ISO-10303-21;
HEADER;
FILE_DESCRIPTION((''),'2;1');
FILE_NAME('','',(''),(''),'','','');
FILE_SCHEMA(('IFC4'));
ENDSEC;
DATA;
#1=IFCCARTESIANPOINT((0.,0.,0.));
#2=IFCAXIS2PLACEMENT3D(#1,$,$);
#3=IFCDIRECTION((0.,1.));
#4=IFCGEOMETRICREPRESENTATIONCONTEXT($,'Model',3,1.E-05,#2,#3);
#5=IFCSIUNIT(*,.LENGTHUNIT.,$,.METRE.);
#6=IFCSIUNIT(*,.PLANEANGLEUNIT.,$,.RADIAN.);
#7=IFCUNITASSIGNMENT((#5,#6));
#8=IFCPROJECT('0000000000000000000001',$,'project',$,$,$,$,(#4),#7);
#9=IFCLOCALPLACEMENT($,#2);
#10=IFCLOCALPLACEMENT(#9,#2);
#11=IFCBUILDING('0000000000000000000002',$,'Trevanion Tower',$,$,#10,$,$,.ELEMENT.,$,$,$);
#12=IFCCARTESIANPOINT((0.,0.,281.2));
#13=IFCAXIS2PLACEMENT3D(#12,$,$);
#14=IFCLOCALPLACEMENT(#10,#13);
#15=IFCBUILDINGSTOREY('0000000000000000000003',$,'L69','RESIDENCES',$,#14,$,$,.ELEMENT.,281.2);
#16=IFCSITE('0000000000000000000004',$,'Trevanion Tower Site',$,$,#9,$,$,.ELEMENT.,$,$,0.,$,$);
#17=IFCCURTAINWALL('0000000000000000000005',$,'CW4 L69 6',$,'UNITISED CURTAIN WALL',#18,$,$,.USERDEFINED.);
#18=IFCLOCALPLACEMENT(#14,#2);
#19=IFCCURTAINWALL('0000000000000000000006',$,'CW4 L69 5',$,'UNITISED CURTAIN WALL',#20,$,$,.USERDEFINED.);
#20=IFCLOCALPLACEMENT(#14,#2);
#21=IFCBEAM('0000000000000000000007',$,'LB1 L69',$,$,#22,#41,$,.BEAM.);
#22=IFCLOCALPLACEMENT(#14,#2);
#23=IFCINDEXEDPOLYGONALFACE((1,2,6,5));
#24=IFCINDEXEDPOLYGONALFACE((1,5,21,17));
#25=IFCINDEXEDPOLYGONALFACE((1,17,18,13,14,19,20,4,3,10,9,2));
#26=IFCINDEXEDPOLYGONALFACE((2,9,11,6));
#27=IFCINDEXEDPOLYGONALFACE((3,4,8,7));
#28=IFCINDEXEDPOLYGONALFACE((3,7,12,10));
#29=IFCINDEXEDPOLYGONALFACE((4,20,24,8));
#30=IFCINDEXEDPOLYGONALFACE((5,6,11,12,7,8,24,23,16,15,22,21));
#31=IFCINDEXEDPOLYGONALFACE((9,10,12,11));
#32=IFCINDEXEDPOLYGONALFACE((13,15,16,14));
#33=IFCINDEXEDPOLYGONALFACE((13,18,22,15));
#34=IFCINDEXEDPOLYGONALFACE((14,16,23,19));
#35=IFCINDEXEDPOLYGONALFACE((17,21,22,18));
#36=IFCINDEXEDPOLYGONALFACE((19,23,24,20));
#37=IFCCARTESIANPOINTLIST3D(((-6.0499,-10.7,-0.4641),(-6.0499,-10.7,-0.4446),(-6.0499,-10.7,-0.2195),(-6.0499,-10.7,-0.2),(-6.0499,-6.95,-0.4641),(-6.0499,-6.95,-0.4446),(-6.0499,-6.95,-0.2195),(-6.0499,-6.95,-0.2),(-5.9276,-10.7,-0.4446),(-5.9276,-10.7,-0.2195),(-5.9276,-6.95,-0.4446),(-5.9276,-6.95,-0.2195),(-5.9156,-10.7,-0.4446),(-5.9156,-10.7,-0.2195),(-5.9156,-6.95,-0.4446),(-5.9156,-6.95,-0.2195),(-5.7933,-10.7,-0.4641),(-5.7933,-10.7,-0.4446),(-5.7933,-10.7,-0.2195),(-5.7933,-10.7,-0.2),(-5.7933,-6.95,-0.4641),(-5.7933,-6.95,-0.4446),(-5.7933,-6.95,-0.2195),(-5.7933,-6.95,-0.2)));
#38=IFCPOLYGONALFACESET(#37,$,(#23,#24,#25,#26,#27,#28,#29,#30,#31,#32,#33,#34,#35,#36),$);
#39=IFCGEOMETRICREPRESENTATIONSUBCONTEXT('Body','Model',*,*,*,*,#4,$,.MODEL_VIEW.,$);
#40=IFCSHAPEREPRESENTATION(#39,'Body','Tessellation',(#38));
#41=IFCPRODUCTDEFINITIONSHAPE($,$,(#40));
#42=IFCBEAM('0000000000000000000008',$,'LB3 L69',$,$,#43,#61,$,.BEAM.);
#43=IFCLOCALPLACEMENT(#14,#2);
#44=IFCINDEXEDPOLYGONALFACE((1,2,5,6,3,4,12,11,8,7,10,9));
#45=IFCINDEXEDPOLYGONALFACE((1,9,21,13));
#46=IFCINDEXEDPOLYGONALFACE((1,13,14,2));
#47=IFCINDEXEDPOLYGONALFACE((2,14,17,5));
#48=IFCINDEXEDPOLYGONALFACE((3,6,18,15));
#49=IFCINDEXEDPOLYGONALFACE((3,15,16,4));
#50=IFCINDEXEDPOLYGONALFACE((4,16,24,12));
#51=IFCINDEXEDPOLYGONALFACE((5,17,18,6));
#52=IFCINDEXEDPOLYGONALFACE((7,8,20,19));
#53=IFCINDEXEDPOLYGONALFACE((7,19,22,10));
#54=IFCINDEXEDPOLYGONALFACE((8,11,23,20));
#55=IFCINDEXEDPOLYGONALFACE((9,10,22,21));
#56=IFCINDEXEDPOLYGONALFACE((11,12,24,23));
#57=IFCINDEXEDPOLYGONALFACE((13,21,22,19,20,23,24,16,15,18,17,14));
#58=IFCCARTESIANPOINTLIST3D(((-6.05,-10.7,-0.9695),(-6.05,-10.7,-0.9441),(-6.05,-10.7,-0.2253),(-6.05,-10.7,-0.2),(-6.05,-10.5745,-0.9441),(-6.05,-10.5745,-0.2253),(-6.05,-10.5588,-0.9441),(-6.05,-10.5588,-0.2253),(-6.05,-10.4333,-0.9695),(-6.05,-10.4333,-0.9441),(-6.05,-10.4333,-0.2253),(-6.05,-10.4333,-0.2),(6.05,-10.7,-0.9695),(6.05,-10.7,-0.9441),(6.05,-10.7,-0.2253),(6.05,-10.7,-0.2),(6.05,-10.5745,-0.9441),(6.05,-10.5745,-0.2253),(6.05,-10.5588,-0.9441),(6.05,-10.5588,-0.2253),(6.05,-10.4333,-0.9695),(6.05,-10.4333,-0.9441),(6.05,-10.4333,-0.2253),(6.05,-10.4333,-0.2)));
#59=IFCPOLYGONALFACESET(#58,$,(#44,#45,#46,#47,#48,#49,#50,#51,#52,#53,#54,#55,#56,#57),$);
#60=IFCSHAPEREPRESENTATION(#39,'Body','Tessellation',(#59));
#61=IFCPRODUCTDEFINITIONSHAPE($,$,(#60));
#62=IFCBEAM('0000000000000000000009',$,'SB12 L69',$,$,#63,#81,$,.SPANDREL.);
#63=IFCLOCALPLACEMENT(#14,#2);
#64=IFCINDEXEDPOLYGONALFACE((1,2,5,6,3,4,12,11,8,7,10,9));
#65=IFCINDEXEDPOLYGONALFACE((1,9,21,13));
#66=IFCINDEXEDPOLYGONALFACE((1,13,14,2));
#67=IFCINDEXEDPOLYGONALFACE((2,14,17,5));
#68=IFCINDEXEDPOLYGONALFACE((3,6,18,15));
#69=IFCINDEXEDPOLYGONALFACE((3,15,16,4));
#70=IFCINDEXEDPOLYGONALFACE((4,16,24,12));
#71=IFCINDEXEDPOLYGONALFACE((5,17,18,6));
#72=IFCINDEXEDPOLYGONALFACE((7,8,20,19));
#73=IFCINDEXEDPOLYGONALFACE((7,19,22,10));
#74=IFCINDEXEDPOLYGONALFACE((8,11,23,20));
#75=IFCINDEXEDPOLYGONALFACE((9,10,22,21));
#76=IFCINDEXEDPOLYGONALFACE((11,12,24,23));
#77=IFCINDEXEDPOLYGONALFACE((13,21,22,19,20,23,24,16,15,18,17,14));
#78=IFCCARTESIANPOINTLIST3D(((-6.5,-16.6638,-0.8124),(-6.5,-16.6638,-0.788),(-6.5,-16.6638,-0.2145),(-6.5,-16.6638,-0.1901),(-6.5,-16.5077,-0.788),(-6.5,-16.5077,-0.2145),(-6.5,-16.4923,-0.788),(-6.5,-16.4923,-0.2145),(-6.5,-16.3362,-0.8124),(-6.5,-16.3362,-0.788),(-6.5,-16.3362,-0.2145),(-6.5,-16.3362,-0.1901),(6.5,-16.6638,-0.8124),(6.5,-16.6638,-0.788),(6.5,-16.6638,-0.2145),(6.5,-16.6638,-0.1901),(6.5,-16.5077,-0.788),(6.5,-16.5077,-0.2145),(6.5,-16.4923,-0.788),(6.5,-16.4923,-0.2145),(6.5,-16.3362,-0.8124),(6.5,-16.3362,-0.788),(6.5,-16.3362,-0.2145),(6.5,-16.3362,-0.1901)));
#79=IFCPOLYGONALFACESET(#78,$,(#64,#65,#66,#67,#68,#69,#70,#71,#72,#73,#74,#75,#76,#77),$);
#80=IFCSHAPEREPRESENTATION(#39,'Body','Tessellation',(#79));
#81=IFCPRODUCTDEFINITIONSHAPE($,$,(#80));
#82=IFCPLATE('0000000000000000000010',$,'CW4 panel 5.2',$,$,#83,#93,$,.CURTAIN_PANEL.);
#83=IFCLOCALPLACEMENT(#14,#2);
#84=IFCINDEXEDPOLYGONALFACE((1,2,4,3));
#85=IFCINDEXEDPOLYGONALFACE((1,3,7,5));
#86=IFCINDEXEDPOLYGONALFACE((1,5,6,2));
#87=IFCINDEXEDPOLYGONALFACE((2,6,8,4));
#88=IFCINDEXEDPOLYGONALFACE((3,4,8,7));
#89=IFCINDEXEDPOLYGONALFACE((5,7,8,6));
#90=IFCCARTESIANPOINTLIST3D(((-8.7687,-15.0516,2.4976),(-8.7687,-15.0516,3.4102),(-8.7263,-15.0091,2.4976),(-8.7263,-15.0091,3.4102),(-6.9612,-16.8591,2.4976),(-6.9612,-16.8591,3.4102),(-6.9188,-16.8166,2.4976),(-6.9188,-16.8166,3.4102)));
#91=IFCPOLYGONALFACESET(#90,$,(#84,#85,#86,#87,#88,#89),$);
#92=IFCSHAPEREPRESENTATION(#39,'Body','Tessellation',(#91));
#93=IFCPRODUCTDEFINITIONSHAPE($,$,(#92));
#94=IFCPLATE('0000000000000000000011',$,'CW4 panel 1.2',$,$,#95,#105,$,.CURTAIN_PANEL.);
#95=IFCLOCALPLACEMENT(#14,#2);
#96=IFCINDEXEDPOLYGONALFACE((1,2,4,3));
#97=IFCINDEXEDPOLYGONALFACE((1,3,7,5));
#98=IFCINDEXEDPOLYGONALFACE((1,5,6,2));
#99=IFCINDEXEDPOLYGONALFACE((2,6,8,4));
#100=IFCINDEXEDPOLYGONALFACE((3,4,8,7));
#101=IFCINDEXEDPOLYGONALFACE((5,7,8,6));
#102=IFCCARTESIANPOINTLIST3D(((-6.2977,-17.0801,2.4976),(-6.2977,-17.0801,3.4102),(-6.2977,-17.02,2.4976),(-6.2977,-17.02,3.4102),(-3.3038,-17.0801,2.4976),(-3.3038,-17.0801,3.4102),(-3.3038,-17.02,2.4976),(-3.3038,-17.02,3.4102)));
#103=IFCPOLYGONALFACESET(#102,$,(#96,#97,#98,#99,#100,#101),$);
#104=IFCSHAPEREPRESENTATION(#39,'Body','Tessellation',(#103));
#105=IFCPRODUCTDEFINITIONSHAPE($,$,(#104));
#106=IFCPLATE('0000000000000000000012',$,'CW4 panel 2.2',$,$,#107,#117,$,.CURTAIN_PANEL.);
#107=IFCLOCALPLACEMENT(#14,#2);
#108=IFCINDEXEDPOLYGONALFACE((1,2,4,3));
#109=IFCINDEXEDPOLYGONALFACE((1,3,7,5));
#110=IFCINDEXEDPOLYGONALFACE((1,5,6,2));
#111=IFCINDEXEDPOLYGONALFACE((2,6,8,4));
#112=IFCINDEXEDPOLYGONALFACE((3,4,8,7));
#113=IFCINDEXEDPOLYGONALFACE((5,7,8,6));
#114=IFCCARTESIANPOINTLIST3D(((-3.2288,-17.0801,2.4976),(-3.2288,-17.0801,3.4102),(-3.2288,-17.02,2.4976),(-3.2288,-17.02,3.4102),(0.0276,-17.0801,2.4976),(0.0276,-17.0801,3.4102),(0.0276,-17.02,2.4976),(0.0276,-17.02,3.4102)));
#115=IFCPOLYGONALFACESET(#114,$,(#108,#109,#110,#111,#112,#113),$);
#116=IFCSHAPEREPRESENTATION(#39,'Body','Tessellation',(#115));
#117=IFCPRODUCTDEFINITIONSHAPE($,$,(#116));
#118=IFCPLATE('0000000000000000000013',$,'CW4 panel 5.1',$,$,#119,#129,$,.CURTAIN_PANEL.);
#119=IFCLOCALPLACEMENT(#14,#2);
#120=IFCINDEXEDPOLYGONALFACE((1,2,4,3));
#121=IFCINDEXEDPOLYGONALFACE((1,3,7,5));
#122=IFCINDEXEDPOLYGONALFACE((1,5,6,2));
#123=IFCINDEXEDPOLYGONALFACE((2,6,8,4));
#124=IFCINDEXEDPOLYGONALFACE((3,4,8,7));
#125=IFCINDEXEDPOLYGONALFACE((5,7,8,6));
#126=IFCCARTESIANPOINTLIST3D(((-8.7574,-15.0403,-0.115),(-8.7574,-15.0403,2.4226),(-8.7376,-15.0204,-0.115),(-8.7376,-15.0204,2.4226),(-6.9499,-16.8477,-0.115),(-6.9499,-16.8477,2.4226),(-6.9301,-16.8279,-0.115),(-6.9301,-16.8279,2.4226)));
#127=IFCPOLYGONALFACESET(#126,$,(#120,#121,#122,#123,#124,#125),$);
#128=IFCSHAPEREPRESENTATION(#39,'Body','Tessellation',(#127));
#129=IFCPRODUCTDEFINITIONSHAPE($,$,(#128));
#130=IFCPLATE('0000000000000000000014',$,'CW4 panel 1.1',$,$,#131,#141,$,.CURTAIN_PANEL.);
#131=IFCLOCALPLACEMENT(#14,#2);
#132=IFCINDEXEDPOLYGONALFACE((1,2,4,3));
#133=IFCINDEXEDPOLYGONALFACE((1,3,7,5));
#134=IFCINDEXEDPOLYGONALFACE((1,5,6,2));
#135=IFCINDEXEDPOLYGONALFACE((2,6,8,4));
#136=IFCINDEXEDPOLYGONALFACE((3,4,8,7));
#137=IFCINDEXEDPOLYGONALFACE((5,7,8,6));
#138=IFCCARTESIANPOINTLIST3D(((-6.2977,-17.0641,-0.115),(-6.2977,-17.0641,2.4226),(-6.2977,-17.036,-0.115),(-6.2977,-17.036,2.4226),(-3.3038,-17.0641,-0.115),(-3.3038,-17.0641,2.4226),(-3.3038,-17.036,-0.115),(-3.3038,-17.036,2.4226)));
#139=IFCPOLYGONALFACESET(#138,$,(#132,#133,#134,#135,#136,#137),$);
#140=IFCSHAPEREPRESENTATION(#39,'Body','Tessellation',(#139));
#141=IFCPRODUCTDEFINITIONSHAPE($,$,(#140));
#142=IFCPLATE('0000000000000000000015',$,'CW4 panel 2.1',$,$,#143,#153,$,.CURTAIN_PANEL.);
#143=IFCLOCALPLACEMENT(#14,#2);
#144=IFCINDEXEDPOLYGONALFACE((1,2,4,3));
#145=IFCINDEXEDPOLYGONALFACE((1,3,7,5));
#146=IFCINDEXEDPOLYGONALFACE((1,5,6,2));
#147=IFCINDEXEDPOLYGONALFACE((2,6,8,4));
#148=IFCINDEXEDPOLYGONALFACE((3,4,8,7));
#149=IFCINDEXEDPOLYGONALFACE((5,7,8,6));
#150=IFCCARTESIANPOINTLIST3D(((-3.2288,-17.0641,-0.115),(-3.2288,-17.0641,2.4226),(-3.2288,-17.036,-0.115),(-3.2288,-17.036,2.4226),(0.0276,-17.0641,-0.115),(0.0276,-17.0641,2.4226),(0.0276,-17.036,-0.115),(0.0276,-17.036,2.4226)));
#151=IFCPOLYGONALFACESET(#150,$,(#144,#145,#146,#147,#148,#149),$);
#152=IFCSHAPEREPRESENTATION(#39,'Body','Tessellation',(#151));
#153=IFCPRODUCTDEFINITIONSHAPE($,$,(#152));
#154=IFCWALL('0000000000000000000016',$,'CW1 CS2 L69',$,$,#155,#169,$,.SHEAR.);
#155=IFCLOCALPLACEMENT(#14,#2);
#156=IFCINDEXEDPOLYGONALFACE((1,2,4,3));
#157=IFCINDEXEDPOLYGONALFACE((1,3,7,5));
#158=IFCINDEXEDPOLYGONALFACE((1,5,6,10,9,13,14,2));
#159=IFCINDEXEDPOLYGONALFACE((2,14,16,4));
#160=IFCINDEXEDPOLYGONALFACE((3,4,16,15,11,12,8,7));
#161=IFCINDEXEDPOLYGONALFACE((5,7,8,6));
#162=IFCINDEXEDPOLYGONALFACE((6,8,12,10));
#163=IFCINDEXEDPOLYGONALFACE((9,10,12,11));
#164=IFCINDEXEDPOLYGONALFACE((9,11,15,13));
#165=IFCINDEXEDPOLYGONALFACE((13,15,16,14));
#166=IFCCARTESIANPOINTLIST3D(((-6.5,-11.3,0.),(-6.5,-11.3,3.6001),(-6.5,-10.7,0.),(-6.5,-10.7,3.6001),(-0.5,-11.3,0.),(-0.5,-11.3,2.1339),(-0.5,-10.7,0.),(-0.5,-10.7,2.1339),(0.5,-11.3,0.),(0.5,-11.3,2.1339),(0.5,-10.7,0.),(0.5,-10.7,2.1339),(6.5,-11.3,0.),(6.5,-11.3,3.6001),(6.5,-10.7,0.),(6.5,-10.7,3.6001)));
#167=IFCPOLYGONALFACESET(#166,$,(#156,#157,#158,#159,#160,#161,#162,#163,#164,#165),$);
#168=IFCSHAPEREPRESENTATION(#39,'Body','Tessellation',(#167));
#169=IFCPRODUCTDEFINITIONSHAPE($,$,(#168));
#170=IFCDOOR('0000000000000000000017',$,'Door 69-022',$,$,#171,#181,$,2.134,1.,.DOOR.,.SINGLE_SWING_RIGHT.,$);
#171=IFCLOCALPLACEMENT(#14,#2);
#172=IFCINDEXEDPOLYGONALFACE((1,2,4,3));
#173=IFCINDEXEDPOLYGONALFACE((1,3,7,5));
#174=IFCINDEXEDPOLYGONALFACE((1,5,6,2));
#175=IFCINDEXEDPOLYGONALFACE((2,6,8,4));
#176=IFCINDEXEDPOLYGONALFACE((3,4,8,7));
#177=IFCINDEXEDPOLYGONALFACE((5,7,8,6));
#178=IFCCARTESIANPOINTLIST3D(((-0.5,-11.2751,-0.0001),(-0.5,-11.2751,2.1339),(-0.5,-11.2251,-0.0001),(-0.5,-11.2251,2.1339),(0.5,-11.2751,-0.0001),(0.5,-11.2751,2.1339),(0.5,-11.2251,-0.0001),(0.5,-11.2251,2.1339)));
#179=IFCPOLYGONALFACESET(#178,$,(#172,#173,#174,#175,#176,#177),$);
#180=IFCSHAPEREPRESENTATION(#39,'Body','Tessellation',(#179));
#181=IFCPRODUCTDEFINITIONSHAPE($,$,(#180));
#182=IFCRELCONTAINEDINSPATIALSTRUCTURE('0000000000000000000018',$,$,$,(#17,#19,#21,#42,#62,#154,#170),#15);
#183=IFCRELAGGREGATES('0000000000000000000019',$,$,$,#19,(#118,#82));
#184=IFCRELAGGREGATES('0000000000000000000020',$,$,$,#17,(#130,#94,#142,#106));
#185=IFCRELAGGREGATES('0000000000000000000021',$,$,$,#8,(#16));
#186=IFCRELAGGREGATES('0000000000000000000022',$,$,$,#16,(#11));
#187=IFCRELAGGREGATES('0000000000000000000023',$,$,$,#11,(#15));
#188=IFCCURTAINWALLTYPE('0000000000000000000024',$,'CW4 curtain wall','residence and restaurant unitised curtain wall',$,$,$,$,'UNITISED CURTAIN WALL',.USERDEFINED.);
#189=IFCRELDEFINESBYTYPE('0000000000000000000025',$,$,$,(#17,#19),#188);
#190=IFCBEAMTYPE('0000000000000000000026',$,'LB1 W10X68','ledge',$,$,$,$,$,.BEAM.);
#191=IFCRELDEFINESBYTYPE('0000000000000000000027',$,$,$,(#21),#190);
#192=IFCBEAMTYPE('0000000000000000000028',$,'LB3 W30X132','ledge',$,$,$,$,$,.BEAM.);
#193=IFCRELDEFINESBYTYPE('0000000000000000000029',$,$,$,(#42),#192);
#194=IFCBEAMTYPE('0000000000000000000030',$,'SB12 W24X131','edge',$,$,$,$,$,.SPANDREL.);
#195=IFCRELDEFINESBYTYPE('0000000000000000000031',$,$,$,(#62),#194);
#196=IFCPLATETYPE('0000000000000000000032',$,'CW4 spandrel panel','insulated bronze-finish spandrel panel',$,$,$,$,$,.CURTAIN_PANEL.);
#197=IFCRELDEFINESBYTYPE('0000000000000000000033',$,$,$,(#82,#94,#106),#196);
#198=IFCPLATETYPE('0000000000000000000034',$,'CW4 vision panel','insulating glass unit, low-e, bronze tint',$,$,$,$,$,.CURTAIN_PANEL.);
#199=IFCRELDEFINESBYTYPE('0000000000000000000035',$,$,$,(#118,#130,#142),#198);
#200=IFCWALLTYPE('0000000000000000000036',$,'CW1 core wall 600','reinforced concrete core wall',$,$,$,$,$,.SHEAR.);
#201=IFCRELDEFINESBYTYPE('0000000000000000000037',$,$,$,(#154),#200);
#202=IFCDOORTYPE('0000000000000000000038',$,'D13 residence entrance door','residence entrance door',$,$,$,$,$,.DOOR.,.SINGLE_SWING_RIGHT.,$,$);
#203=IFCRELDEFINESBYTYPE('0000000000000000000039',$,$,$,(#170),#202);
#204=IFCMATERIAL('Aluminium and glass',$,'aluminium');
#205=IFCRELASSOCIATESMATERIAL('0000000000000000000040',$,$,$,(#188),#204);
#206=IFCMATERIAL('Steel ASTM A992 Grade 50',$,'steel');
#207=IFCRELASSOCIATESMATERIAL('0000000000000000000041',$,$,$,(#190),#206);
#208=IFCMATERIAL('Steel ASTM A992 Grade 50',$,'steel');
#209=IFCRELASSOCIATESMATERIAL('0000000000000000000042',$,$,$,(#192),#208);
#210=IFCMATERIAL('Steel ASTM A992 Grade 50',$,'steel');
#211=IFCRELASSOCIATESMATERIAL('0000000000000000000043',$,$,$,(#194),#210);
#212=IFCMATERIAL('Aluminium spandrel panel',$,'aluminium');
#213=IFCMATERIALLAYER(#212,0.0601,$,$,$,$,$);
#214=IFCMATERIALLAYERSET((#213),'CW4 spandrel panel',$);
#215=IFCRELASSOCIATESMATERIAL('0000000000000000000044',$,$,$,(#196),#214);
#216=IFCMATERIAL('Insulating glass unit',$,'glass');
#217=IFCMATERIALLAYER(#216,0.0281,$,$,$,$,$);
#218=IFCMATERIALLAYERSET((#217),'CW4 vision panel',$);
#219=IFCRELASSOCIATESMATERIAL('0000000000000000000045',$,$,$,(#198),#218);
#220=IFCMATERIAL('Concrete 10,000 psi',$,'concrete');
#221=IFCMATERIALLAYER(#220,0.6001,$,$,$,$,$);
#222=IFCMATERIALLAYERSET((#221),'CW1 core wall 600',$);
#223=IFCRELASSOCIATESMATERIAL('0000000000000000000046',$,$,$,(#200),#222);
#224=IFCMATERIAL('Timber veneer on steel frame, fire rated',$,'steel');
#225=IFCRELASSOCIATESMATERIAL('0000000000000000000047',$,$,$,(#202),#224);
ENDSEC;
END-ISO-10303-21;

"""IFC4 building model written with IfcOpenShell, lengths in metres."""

from ifc_helpers import new_model, si_unit, direction, frame, frame_2d, origin, origin_2d, place, context, subcontext, project, spatial, rectangle, i_section, extrude, material, layer, layer_set, material_profile, profile_set, type_object, element, fill, aggregate, save


model = new_model("IFC4")

# Units and contexts
model_context = context("Model", 3, precision=1e-05, world=origin(), true_north=direction((0.0, 1.0)))
body_context = subcontext(model_context, "Body", "Model", "MODEL_VIEW")
ifc_project = project(units=[si_unit("LENGTHUNIT", "METRE"), si_unit("PLANEANGLEUNIT", "RADIAN")], contexts=[model_context])

# Site, building, storey
site_placement = place(None, origin())
site = spatial("IfcSite", under=ifc_project, at=site_placement, Name="Trevanion Tower Site", CompositionType="ELEMENT", RefElevation=0.0)
building_placement = place(site_placement, origin())
building = spatial("IfcBuilding", under=site, at=building_placement, Name="Trevanion Tower", CompositionType="ELEMENT")
storey_placement = place(building_placement, frame((0.0, 0.0, 281.2)))
storey = spatial("IfcBuildingStorey", under=building, at=storey_placement, Name="L69", Description="RESIDENCES", CompositionType="ELEMENT", Elevation=281.2)

# Curtain walls
ifc_material_1 = material(Name="Aluminium and glass", Category="aluminium")
curtain_wall_type = type_object("IfcCurtainWallType", Name="CW4 curtain wall", Description="residence and restaurant unitised curtain wall", ElementType="UNITISED CURTAIN WALL", PredefinedType="USERDEFINED", material=ifc_material_1)
curtain_wall_1_placement = place(storey_placement, origin())
curtain_wall_1 = element("IfcCurtainWall", 1, at=curtain_wall_1_placement, inside=storey, type_object=curtain_wall_type, Name="CW4 L69 6", ObjectType="UNITISED CURTAIN WALL", PredefinedType="USERDEFINED")
curtain_wall_2_placement = place(storey_placement, origin())
curtain_wall_2 = element("IfcCurtainWall", 2, at=curtain_wall_2_placement, inside=storey, type_object=curtain_wall_type, Name="CW4 L69 5", ObjectType="UNITISED CURTAIN WALL", PredefinedType="USERDEFINED")

# Beams
ifc_material_2 = material(Name="Steel ASTM A992 Grade 50", Category="steel")
ifc_material_profile_1 = material_profile(ifc_material_2, i_section(OverallWidth=0.2566, OverallDepth=0.2642, WebThickness=0.012, FlangeThickness=0.0195, at=origin_2d()), Name="W10X68")
ifc_profile_set_1 = profile_set([ifc_material_profile_1], Name="Steel ASTM A992 Grade 50")
beam_type_1 = type_object("IfcBeamType", Name="LB1 W10X68", Description="ledge", PredefinedType="BEAM", material=ifc_profile_set_1)
beam_1_placement = place(storey_placement, frame((-5.9216, -10.7, -0.332), z_axis=(0.0, 1.0, 0.0), x_axis=(-1.0, 0.0, 0.0)))
element("IfcBeam", 3, at=beam_1_placement, inside=storey, type_object=beam_type_1, Name="LB1 L69", PredefinedType="BEAM", context=body_context, shape_type="SweptSolid", body=[
    extrude(i_section(OverallWidth=0.2566, OverallDepth=0.2642, WebThickness=0.012, FlangeThickness=0.0195, at=origin_2d()), origin(), (0.0, 0.0, 1.0), 3.75),
])
ifc_material_3 = material(Name="Steel ASTM A992 Grade 50", Category="steel")
ifc_material_profile_2 = material_profile(ifc_material_3, i_section(OverallWidth=0.2666, OverallDepth=0.7695, WebThickness=0.0156, FlangeThickness=0.0254, at=origin_2d()), Name="W30X132")
ifc_profile_set_2 = profile_set([ifc_material_profile_2], Name="Steel ASTM A992 Grade 50")
beam_type_2 = type_object("IfcBeamType", Name="LB3 W30X132", Description="ledge", PredefinedType="BEAM", material=ifc_profile_set_2)
beam_2_placement = place(storey_placement, frame((-6.05, -10.5667, -0.5847), z_axis=(1.0, 0.0, 0.0), x_axis=(0.0, 1.0, 0.0)))
element("IfcBeam", 4, at=beam_2_placement, inside=storey, type_object=beam_type_2, Name="LB3 L69", PredefinedType="BEAM", context=body_context, shape_type="SweptSolid", body=[
    extrude(i_section(OverallWidth=0.2666, OverallDepth=0.7695, WebThickness=0.0156, FlangeThickness=0.0254, at=origin_2d()), origin(), (0.0, 0.0, 1.0), 12.1001),
])
ifc_material_4 = material(Name="Steel ASTM A992 Grade 50", Category="steel")
ifc_material_profile_3 = material_profile(ifc_material_4, i_section(OverallWidth=0.3276, OverallDepth=0.6223, WebThickness=0.0154, FlangeThickness=0.0244, at=origin_2d()), Name="W24X131")
ifc_profile_set_3 = profile_set([ifc_material_profile_3], Name="Steel ASTM A992 Grade 50")
beam_type_3 = type_object("IfcBeamType", Name="SB12 W24X131", Description="edge", PredefinedType="SPANDREL", material=ifc_profile_set_3)
beam_3_placement = place(storey_placement, frame((-6.5, -16.5, -0.5012), z_axis=(1.0, 0.0, 0.0), x_axis=(0.0, 1.0, 0.0)))
element("IfcBeam", 5, at=beam_3_placement, inside=storey, type_object=beam_type_3, Name="SB12 L69", PredefinedType="SPANDREL", context=body_context, shape_type="SweptSolid", body=[
    extrude(i_section(OverallWidth=0.3276, OverallDepth=0.6223, WebThickness=0.0154, FlangeThickness=0.0244, at=origin_2d()), origin(), (0.0, 0.0, 1.0), 13.0),
])

# Plates
ifc_material_5 = material(Name="Aluminium spandrel panel", Category="aluminium")
ifc_layer_1 = layer(ifc_material_5, 0.0601)
ifc_layer_set_1 = layer_set([ifc_layer_1], Name="CW4 spandrel panel")
plate_type_1 = type_object("IfcPlateType", Name="CW4 spandrel panel", Description="insulated bronze-finish spandrel panel", PredefinedType="CURTAIN_PANEL", material=ifc_layer_set_1)
plate_1_placement = place(storey_placement, frame((-7.8438, -15.9341, 2.4976), z_axis=(0.0, 0.0, 1.0), x_axis=(0.707107, -0.707107, 0.0)))
plate_1 = element("IfcPlate", 6, at=plate_1_placement, type_object=plate_type_1, Name="CW4 panel 5.2", PredefinedType="CURTAIN_PANEL", context=body_context, shape_type="SweptSolid", body=[
    extrude(rectangle(XDim=2.5562, YDim=0.0601, at=origin_2d()), origin(), (0.0, 0.0, 1.0), 0.9126),
])
plate_2_placement = place(storey_placement, frame((-4.8008, -17.05, 2.4976), z_axis=(0.0, 0.0, 1.0), x_axis=(1.0, 0.0, 0.0)))
plate_2 = element("IfcPlate", 7, at=plate_2_placement, type_object=plate_type_1, Name="CW4 panel 1.2", PredefinedType="CURTAIN_PANEL", context=body_context, shape_type="SweptSolid", body=[
    extrude(rectangle(XDim=2.9939, YDim=0.0601, at=origin_2d()), origin(), (0.0, 0.0, 1.0), 0.9126),
])
plate_3_placement = place(storey_placement, frame((-1.6006, -17.05, 2.4976), z_axis=(0.0, 0.0, 1.0), x_axis=(1.0, 0.0, 0.0)))
plate_3 = element("IfcPlate", 8, at=plate_3_placement, type_object=plate_type_1, Name="CW4 panel 2.2", PredefinedType="CURTAIN_PANEL", context=body_context, shape_type="SweptSolid", body=[
    extrude(rectangle(XDim=3.2563, YDim=0.0601, at=origin_2d()), origin(), (0.0, 0.0, 1.0), 0.9126),
])
ifc_material_6 = material(Name="Insulating glass unit", Category="glass")
ifc_layer_2 = layer(ifc_material_6, 0.0281)
ifc_layer_set_2 = layer_set([ifc_layer_2], Name="CW4 vision panel")
plate_type_2 = type_object("IfcPlateType", Name="CW4 vision panel", Description="insulating glass unit, low-e, bronze tint", PredefinedType="CURTAIN_PANEL", material=ifc_layer_set_2)
plate_4_placement = place(storey_placement, frame((-7.8438, -15.9341, -0.115), z_axis=(0.0, 0.0, 1.0), x_axis=(0.707107, -0.707107, 0.0)))
plate_4 = element("IfcPlate", 9, at=plate_4_placement, type_object=plate_type_2, Name="CW4 panel 5.1", PredefinedType="CURTAIN_PANEL", context=body_context, shape_type="SweptSolid", body=[
    extrude(rectangle(XDim=2.5562, YDim=0.0281, at=origin_2d()), origin(), (0.0, 0.0, 1.0), 2.5376),
])
aggregate(curtain_wall_2, [plate_4, plate_1])
plate_5_placement = place(storey_placement, frame((-4.8008, -17.05, -0.115), z_axis=(0.0, 0.0, 1.0), x_axis=(1.0, 0.0, 0.0)))
plate_5 = element("IfcPlate", 10, at=plate_5_placement, type_object=plate_type_2, Name="CW4 panel 1.1", PredefinedType="CURTAIN_PANEL", context=body_context, shape_type="SweptSolid", body=[
    extrude(rectangle(XDim=2.9939, YDim=0.0281, at=origin_2d()), origin(), (0.0, 0.0, 1.0), 2.5376),
])
plate_6_placement = place(storey_placement, frame((-1.6006, -17.05, -0.115), z_axis=(0.0, 0.0, 1.0), x_axis=(1.0, 0.0, 0.0)))
plate_6 = element("IfcPlate", 11, at=plate_6_placement, type_object=plate_type_2, Name="CW4 panel 2.1", PredefinedType="CURTAIN_PANEL", context=body_context, shape_type="SweptSolid", body=[
    extrude(rectangle(XDim=3.2563, YDim=0.0281, at=origin_2d()), origin(), (0.0, 0.0, 1.0), 2.5376),
])
aggregate(curtain_wall_1, [plate_5, plate_2, plate_6, plate_3])

# Wall, opening, door
ifc_material_7 = material(Name="Concrete 10,000 psi", Category="concrete")
ifc_layer_3 = layer(ifc_material_7, 0.6001)
ifc_layer_set_3 = layer_set([ifc_layer_3], Name="CW1 core wall 600")
wall_type_1 = type_object("IfcWallType", Name="CW1 core wall 600", Description="reinforced concrete core wall", PredefinedType="SHEAR", material=ifc_layer_set_3)
wall_1_placement = place(storey_placement, frame((-6.5, -11.0, 0.0), z_axis=(0.0, 0.0, 1.0), x_axis=(1.0, 0.0, 0.0)))
wall_1 = element("IfcWall", 12, at=wall_1_placement, inside=storey, type_object=wall_type_1, Name="CW1 CS2 L69", PredefinedType="SHEAR", context=body_context, shape_type="SweptSolid", body=[
    extrude(rectangle(XDim=13.0, YDim=0.6001, at=frame_2d((6.5, 0.0))), origin(), (0.0, 0.0, 1.0), 3.6001),
])
opening_1_placement = place(wall_1_placement, frame((6.0, 0.0, 0.0)))
opening_1 = element("IfcOpeningElement", 13, at=opening_1_placement, cuts=wall_1, PredefinedType="OPENING", context=body_context, shape_type="SweptSolid", body=[
    extrude(rectangle(XDim=1.0, YDim=2.134, at=frame_2d((0.5, 1.0669))), frame((0.0, 0.3101, 0.0), z_axis=(0.0, -1.0, 0.0), x_axis=(1.0, 0.0, 0.0)), (0.0, 0.0, 1.0), 0.6201),
])
ifc_material_8 = material(Name="Timber veneer on steel frame, fire rated", Category="steel")
door_type_1 = type_object("IfcDoorType", Name="D13 residence entrance door", Description="residence entrance door", OperationType="SINGLE_SWING_RIGHT", PredefinedType="DOOR", material=ifc_material_8)
door_1_placement = place(opening_1_placement, origin())
door_1 = element("IfcDoor", 14, at=door_1_placement, inside=storey, type_object=door_type_1, Name="Door 69-022", OperationType="SINGLE_SWING_RIGHT", OverallHeight=2.134, OverallWidth=1.0, PredefinedType="DOOR", context=body_context, shape_type="SweptSolid", body=[
    extrude(rectangle(XDim=1.0, YDim=2.134, at=frame_2d((0.5, 1.0669))), frame((0.0, -0.2251, 0.0), z_axis=(0.0, -1.0, 0.0), x_axis=(1.0, 0.0, 0.0)), (0.0, 0.0, 1.0), 0.05),
])
fill(opening_1, door_1)

save(model, "model.ifc")
